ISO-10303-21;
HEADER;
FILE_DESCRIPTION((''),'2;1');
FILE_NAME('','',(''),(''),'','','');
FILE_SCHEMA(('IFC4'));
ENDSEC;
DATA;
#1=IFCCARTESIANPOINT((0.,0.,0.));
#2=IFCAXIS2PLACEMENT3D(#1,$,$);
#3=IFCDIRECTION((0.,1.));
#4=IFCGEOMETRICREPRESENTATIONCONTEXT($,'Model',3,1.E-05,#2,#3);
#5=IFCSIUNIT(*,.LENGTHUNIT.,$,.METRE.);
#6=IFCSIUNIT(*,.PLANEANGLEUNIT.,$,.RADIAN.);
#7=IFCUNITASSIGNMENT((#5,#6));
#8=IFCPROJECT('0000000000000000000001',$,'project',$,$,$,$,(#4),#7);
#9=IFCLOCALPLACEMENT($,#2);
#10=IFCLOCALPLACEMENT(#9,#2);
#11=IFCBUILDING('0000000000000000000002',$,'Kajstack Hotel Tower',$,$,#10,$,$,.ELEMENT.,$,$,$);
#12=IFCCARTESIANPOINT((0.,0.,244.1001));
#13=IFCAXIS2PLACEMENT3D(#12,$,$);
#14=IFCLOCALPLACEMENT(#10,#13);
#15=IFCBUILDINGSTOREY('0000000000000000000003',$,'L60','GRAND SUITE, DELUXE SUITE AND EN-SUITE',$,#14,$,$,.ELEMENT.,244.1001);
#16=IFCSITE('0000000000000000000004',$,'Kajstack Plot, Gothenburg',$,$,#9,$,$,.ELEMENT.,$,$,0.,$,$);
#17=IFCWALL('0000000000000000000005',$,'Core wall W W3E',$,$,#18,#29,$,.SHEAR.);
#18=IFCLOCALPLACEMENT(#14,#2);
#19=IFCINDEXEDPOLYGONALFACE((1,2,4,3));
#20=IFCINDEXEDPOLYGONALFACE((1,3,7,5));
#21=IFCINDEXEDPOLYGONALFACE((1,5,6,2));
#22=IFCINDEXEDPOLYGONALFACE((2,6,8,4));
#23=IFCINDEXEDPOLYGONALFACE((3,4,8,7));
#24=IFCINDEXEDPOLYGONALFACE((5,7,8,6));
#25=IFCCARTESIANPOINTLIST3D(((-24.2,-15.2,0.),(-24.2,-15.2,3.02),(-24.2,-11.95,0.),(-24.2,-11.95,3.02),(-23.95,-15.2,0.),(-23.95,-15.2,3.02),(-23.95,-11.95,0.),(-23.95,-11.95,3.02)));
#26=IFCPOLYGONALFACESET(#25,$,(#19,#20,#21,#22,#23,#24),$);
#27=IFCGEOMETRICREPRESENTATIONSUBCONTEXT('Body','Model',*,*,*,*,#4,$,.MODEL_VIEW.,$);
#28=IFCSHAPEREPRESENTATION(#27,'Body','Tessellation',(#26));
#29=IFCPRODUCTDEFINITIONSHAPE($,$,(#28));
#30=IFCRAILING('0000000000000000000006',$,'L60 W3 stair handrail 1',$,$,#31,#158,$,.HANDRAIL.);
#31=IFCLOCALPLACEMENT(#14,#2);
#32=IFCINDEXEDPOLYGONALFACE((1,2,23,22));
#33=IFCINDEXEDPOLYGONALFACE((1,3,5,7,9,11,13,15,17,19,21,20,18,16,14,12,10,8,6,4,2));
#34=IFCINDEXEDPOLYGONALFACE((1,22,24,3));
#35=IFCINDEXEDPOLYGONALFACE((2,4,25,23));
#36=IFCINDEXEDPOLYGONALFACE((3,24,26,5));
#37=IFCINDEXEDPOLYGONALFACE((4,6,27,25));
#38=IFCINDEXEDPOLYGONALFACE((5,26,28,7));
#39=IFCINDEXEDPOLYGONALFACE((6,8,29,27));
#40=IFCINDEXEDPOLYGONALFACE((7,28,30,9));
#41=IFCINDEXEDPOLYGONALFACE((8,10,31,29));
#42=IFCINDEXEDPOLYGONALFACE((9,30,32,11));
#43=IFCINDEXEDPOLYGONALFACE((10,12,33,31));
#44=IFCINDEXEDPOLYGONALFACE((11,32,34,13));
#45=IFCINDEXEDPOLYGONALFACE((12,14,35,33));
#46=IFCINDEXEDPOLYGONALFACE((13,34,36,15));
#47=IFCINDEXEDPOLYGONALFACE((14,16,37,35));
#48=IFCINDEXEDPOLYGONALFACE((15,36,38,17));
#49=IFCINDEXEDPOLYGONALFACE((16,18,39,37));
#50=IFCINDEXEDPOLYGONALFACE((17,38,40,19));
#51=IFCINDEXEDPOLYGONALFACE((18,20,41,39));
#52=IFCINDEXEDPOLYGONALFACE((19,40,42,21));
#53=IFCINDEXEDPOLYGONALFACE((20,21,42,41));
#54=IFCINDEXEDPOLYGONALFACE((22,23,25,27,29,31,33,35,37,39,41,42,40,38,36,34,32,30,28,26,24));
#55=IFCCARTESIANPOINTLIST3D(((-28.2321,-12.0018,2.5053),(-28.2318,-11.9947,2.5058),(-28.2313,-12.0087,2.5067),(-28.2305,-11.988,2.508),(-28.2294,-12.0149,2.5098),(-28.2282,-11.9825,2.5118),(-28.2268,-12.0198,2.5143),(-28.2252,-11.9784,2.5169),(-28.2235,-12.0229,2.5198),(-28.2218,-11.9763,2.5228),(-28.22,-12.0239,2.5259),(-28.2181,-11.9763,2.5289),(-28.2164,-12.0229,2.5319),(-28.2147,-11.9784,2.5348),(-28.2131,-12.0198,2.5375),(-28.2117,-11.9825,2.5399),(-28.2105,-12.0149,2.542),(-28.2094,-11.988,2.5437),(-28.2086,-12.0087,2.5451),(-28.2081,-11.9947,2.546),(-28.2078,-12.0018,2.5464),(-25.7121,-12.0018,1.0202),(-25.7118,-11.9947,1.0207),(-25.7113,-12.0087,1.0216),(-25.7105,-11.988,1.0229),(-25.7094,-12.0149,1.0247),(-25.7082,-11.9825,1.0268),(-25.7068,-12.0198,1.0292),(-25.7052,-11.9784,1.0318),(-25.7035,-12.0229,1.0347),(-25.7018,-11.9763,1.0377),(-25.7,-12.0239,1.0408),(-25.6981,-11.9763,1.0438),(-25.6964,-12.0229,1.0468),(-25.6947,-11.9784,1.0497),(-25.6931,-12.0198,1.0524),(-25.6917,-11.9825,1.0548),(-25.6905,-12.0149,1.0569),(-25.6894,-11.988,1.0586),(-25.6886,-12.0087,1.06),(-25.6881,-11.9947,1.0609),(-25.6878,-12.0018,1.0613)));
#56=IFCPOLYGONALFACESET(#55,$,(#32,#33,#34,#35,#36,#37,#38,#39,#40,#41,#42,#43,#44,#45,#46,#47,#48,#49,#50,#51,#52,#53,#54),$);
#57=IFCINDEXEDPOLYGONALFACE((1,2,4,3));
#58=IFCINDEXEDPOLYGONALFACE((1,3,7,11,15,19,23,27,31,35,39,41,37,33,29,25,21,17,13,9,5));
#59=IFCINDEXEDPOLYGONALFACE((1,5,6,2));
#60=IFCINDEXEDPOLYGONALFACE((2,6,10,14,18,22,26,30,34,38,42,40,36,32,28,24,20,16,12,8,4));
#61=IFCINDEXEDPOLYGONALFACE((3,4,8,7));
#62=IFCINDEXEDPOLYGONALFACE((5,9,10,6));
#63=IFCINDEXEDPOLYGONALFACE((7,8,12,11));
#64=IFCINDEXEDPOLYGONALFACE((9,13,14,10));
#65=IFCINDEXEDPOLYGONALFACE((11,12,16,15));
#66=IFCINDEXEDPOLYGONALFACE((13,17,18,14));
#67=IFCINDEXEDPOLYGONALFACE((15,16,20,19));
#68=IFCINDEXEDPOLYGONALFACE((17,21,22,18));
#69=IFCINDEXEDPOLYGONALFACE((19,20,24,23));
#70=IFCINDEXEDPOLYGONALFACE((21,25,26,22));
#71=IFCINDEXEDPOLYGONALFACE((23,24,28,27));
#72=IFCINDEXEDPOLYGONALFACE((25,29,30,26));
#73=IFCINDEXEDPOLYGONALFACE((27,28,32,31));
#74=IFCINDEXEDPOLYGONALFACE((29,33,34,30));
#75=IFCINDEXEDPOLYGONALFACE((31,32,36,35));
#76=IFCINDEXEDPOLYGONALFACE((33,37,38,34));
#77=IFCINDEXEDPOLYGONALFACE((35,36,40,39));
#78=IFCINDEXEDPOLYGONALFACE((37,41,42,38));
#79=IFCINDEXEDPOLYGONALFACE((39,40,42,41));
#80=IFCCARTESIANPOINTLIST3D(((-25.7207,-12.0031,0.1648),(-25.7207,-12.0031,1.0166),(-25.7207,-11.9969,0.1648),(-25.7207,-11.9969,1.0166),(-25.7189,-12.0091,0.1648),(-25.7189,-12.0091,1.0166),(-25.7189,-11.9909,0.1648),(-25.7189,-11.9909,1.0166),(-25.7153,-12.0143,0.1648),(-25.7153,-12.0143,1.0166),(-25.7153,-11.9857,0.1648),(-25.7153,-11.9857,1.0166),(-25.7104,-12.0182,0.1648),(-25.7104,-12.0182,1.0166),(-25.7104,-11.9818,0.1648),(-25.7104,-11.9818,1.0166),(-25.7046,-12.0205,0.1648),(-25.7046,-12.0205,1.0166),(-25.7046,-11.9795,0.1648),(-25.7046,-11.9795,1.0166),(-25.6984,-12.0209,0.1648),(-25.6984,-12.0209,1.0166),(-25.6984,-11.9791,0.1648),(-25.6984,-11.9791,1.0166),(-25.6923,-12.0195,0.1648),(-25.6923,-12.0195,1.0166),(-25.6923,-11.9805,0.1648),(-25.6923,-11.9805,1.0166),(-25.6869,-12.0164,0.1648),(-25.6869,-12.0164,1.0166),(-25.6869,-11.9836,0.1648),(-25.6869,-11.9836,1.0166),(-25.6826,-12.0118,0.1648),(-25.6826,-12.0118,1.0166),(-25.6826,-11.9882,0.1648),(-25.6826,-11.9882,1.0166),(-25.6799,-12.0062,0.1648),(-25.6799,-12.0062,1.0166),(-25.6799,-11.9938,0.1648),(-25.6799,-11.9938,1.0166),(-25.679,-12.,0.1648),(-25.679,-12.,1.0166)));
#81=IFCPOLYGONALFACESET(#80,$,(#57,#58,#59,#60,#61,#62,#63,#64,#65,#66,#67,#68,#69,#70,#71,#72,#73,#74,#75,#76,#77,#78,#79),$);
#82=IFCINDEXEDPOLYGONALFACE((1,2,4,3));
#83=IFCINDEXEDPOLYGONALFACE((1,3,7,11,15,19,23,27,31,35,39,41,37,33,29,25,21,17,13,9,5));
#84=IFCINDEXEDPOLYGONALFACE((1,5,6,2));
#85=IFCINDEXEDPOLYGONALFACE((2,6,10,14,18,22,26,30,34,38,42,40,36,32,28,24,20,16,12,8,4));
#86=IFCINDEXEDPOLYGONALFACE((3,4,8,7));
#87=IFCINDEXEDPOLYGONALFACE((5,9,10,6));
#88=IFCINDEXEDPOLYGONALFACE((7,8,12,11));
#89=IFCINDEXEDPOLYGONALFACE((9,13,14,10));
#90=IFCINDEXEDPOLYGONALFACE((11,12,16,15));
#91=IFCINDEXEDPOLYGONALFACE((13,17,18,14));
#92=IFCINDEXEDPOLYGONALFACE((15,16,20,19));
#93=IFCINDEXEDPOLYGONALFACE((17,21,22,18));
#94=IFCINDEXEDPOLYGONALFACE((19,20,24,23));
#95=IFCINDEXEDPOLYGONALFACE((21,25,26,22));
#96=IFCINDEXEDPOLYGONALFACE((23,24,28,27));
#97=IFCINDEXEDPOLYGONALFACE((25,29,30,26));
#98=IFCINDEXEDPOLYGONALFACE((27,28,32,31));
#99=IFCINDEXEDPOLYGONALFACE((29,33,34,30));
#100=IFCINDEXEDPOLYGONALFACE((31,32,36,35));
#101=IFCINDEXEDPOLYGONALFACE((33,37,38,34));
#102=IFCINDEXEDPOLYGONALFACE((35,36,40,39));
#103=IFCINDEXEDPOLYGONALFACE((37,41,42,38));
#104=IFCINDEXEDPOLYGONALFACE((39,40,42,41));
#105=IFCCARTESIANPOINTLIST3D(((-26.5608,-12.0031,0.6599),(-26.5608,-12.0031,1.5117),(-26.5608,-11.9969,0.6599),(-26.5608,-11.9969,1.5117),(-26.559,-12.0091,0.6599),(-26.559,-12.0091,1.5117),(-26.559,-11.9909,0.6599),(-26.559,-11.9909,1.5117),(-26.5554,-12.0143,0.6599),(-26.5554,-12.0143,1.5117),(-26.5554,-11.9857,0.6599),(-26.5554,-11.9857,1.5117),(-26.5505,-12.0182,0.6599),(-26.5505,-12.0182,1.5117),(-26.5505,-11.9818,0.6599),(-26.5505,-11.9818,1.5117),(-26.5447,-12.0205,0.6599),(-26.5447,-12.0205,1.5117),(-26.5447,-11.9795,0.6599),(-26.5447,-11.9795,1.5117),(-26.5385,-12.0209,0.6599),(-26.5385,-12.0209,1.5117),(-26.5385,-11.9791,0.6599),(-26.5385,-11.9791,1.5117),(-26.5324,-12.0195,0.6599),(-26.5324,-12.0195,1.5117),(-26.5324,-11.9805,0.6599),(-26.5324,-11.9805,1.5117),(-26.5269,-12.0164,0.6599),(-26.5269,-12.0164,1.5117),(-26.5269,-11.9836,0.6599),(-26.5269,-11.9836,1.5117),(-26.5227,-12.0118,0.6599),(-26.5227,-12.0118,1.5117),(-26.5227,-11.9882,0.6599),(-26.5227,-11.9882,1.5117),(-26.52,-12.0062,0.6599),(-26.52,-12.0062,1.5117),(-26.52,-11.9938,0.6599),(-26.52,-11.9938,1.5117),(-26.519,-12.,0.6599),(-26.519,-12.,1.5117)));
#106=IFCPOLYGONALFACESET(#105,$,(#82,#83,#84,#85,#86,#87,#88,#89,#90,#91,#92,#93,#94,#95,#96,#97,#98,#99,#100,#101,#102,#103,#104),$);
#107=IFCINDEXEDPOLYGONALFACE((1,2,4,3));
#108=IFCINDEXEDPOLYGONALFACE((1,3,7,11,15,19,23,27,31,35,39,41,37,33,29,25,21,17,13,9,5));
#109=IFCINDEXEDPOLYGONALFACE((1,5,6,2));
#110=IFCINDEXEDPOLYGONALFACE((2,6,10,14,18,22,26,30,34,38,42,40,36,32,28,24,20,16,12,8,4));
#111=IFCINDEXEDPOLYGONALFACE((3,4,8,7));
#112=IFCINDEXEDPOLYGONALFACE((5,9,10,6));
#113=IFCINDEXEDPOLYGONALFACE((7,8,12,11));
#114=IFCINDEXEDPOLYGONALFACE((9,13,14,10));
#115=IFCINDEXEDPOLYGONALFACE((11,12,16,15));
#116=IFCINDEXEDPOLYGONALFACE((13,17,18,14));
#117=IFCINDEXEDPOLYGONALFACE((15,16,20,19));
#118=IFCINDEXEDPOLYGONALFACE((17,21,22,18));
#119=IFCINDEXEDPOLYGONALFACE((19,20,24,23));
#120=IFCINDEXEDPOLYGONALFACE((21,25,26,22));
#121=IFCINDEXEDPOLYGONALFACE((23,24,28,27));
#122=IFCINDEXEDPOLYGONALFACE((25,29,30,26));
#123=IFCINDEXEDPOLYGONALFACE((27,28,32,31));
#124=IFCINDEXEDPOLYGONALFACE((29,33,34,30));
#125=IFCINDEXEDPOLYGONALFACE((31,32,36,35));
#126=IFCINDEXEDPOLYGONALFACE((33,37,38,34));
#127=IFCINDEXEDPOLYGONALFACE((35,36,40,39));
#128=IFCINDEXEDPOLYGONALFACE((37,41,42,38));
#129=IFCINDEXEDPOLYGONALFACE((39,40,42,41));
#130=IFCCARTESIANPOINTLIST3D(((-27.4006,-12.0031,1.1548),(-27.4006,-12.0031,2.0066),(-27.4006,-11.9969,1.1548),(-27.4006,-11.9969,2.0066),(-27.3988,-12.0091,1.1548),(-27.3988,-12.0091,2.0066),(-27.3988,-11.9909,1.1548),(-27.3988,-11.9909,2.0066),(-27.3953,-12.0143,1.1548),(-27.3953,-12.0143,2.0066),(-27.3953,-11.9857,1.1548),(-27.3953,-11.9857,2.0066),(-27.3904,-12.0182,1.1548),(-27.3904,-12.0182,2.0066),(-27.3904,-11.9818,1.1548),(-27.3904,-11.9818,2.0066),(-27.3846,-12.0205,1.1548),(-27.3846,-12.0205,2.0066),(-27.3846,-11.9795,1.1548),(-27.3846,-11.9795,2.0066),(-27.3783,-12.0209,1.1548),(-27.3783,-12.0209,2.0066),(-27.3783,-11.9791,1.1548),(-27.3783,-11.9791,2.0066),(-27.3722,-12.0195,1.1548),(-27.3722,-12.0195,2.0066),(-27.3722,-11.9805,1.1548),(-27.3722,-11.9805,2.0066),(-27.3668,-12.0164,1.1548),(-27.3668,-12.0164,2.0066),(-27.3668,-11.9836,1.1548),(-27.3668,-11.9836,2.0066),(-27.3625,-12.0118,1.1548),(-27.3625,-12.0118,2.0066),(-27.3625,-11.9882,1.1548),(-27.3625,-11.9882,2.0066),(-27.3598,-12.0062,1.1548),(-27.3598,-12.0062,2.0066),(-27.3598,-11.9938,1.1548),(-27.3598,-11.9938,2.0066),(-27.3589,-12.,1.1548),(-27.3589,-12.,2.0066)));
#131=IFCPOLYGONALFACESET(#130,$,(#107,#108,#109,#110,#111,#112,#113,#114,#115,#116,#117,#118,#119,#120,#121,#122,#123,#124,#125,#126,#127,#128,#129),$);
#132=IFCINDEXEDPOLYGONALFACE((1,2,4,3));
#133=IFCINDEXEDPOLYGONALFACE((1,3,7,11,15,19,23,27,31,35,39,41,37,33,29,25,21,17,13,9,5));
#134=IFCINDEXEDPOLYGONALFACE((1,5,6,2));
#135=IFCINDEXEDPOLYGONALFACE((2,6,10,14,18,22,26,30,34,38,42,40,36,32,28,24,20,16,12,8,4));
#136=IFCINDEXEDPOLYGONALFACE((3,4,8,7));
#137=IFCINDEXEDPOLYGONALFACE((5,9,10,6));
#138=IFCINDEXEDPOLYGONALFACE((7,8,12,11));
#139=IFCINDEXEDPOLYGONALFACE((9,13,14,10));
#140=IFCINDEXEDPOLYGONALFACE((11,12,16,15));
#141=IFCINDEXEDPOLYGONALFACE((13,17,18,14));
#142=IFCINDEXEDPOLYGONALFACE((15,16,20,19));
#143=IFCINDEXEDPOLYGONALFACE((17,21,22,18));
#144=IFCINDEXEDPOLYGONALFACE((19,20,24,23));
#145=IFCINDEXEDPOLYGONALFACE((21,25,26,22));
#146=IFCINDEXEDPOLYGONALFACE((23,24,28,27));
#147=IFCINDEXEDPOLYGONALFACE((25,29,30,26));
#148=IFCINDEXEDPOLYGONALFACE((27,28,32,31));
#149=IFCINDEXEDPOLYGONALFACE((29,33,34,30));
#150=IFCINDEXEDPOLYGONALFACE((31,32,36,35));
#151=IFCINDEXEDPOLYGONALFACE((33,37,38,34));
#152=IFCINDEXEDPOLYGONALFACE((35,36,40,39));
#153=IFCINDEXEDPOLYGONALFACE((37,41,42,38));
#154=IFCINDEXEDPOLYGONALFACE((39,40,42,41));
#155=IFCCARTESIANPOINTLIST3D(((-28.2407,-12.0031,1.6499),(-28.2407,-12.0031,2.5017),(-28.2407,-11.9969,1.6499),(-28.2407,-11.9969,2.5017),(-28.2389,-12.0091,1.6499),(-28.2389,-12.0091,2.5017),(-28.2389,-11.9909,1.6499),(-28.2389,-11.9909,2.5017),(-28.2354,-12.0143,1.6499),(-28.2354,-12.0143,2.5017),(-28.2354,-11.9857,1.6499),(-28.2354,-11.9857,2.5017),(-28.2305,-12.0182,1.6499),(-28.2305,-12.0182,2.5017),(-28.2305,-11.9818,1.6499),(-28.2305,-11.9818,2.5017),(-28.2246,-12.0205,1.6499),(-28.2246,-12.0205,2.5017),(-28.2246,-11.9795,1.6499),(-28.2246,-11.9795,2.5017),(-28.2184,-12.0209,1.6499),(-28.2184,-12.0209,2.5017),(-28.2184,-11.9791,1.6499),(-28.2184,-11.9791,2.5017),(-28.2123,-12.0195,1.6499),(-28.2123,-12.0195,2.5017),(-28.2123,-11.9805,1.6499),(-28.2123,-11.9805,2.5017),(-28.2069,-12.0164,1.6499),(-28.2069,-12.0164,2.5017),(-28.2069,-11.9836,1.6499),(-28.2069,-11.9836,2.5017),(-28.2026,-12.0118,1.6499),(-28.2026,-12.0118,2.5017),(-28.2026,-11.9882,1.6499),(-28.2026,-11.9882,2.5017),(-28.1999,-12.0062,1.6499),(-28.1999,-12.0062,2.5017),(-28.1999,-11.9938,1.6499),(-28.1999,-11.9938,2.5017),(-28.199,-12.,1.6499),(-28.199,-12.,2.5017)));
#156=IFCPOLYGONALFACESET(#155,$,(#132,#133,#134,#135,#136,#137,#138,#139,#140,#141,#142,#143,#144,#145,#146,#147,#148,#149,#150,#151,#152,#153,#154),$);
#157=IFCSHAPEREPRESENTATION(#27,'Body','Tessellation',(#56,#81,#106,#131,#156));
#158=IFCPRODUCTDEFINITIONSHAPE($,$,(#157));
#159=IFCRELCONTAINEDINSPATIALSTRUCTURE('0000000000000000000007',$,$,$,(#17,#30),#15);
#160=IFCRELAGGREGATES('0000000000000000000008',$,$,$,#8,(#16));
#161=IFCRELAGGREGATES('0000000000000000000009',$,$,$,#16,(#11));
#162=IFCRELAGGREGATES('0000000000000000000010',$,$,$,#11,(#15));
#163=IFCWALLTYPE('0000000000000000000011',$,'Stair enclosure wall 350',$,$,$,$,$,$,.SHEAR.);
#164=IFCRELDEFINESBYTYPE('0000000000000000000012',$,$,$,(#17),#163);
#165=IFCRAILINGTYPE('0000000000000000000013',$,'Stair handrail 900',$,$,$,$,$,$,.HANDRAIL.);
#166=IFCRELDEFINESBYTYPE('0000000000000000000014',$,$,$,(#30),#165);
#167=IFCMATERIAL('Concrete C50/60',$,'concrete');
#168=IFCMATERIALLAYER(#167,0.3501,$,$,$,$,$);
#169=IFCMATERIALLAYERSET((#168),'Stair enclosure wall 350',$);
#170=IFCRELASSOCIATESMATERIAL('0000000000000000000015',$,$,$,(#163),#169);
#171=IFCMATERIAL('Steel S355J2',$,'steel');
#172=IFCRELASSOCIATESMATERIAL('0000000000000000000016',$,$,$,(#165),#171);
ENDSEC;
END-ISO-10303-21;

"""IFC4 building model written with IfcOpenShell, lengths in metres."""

from ifc_helpers import new_model, si_unit, direction, frame, frame_2d, origin, origin_2d, place, context, subcontext, project, spatial, rectangle, circle, extrude, material, layer, layer_set, type_object, element, save


model = new_model("IFC4")

# Units and contexts
model_context = context("Model", 3, precision=1e-05, world=origin(), true_north=direction((0.0, 1.0)))
body_context = subcontext(model_context, "Body", "Model", "MODEL_VIEW")
ifc_project = project(units=[si_unit("LENGTHUNIT", "METRE"), si_unit("PLANEANGLEUNIT", "RADIAN")], contexts=[model_context])

# Site, building, storey
site_placement = place(None, origin())
site = spatial("IfcSite", under=ifc_project, at=site_placement, Name="Kajstack Plot, Gothenburg", CompositionType="ELEMENT", RefElevation=0.0)
building_placement = place(site_placement, origin())
building = spatial("IfcBuilding", under=site, at=building_placement, Name="Kajstack Hotel Tower", CompositionType="ELEMENT")
storey_placement = place(building_placement, frame((0.0, 0.0, 244.1001)))
storey = spatial("IfcBuildingStorey", under=building, at=storey_placement, Name="L60", Description="GRAND SUITE, DELUXE SUITE AND EN-SUITE", CompositionType="ELEMENT", Elevation=244.1001)

# Shared definitions
ifc_material_1 = material(Name="Concrete C50/60", Category="concrete")

# Wall
ifc_layer_1 = layer(ifc_material_1, 0.3501)
ifc_layer_set_1 = layer_set([ifc_layer_1], Name="Stair enclosure wall 350")
wall_type_1 = type_object("IfcWallType", Name="Stair enclosure wall 350", PredefinedType="SHEAR", material=ifc_layer_set_1)
wall_1_placement = place(storey_placement, frame((-24.075, -15.2, 0.0), z_axis=(0.0, 0.0, 1.0), x_axis=(0.0, 1.0, 0.0)))
element("IfcWall", 1, at=wall_1_placement, inside=storey, type_object=wall_type_1, Name="Core wall W W3E", PredefinedType="SHEAR", context=body_context, shape_type="SweptSolid", body=[
    extrude(rectangle(XDim=3.25, YDim=0.25, at=frame_2d((1.625, 0.0))), origin(), (0.0, 0.0, 1.0), 3.02),
])

# Railing
ifc_material_2 = material(Name="Steel S355J2", Category="steel")
railing_type_1 = type_object("IfcRailingType", Name="Stair handrail 900", PredefinedType="HANDRAIL", material=ifc_material_2)
railing_1_placement = place(storey_placement, frame((-25.7, -12.0, 0.1648)))
element("IfcRailing", 2, at=railing_1_placement, inside=storey, type_object=railing_type_1, Name="L60 W3 stair handrail 1", PredefinedType="HANDRAIL", context=body_context, shape_type="SweptSolid", body=[
    extrude(circle(Radius=0.0239, at=origin_2d()), frame((0.0, 0.0, 0.876), z_axis=(-0.861524, 0.0, 0.507717), x_axis=(0.0, -1.0, 0.0)), (0.0, 0.0, 1.0), 2.925),
    extrude(circle(Radius=0.021, at=origin_2d()), origin(), (0.0, 0.0, 1.0), 0.8518),
    extrude(circle(Radius=0.021, at=origin_2d()), frame((-0.8401, 0.0, 0.4951)), (0.0, 0.0, 1.0), 0.8518),
    extrude(circle(Radius=0.021, at=origin_2d()), frame((-1.6799, 0.0, 0.99)), (0.0, 0.0, 1.0), 0.8518),
    extrude(circle(Radius=0.021, at=origin_2d()), frame((-2.52, 0.0, 1.4851)), (0.0, 0.0, 1.0), 0.8518),
])

save(model, "model.ifc")
